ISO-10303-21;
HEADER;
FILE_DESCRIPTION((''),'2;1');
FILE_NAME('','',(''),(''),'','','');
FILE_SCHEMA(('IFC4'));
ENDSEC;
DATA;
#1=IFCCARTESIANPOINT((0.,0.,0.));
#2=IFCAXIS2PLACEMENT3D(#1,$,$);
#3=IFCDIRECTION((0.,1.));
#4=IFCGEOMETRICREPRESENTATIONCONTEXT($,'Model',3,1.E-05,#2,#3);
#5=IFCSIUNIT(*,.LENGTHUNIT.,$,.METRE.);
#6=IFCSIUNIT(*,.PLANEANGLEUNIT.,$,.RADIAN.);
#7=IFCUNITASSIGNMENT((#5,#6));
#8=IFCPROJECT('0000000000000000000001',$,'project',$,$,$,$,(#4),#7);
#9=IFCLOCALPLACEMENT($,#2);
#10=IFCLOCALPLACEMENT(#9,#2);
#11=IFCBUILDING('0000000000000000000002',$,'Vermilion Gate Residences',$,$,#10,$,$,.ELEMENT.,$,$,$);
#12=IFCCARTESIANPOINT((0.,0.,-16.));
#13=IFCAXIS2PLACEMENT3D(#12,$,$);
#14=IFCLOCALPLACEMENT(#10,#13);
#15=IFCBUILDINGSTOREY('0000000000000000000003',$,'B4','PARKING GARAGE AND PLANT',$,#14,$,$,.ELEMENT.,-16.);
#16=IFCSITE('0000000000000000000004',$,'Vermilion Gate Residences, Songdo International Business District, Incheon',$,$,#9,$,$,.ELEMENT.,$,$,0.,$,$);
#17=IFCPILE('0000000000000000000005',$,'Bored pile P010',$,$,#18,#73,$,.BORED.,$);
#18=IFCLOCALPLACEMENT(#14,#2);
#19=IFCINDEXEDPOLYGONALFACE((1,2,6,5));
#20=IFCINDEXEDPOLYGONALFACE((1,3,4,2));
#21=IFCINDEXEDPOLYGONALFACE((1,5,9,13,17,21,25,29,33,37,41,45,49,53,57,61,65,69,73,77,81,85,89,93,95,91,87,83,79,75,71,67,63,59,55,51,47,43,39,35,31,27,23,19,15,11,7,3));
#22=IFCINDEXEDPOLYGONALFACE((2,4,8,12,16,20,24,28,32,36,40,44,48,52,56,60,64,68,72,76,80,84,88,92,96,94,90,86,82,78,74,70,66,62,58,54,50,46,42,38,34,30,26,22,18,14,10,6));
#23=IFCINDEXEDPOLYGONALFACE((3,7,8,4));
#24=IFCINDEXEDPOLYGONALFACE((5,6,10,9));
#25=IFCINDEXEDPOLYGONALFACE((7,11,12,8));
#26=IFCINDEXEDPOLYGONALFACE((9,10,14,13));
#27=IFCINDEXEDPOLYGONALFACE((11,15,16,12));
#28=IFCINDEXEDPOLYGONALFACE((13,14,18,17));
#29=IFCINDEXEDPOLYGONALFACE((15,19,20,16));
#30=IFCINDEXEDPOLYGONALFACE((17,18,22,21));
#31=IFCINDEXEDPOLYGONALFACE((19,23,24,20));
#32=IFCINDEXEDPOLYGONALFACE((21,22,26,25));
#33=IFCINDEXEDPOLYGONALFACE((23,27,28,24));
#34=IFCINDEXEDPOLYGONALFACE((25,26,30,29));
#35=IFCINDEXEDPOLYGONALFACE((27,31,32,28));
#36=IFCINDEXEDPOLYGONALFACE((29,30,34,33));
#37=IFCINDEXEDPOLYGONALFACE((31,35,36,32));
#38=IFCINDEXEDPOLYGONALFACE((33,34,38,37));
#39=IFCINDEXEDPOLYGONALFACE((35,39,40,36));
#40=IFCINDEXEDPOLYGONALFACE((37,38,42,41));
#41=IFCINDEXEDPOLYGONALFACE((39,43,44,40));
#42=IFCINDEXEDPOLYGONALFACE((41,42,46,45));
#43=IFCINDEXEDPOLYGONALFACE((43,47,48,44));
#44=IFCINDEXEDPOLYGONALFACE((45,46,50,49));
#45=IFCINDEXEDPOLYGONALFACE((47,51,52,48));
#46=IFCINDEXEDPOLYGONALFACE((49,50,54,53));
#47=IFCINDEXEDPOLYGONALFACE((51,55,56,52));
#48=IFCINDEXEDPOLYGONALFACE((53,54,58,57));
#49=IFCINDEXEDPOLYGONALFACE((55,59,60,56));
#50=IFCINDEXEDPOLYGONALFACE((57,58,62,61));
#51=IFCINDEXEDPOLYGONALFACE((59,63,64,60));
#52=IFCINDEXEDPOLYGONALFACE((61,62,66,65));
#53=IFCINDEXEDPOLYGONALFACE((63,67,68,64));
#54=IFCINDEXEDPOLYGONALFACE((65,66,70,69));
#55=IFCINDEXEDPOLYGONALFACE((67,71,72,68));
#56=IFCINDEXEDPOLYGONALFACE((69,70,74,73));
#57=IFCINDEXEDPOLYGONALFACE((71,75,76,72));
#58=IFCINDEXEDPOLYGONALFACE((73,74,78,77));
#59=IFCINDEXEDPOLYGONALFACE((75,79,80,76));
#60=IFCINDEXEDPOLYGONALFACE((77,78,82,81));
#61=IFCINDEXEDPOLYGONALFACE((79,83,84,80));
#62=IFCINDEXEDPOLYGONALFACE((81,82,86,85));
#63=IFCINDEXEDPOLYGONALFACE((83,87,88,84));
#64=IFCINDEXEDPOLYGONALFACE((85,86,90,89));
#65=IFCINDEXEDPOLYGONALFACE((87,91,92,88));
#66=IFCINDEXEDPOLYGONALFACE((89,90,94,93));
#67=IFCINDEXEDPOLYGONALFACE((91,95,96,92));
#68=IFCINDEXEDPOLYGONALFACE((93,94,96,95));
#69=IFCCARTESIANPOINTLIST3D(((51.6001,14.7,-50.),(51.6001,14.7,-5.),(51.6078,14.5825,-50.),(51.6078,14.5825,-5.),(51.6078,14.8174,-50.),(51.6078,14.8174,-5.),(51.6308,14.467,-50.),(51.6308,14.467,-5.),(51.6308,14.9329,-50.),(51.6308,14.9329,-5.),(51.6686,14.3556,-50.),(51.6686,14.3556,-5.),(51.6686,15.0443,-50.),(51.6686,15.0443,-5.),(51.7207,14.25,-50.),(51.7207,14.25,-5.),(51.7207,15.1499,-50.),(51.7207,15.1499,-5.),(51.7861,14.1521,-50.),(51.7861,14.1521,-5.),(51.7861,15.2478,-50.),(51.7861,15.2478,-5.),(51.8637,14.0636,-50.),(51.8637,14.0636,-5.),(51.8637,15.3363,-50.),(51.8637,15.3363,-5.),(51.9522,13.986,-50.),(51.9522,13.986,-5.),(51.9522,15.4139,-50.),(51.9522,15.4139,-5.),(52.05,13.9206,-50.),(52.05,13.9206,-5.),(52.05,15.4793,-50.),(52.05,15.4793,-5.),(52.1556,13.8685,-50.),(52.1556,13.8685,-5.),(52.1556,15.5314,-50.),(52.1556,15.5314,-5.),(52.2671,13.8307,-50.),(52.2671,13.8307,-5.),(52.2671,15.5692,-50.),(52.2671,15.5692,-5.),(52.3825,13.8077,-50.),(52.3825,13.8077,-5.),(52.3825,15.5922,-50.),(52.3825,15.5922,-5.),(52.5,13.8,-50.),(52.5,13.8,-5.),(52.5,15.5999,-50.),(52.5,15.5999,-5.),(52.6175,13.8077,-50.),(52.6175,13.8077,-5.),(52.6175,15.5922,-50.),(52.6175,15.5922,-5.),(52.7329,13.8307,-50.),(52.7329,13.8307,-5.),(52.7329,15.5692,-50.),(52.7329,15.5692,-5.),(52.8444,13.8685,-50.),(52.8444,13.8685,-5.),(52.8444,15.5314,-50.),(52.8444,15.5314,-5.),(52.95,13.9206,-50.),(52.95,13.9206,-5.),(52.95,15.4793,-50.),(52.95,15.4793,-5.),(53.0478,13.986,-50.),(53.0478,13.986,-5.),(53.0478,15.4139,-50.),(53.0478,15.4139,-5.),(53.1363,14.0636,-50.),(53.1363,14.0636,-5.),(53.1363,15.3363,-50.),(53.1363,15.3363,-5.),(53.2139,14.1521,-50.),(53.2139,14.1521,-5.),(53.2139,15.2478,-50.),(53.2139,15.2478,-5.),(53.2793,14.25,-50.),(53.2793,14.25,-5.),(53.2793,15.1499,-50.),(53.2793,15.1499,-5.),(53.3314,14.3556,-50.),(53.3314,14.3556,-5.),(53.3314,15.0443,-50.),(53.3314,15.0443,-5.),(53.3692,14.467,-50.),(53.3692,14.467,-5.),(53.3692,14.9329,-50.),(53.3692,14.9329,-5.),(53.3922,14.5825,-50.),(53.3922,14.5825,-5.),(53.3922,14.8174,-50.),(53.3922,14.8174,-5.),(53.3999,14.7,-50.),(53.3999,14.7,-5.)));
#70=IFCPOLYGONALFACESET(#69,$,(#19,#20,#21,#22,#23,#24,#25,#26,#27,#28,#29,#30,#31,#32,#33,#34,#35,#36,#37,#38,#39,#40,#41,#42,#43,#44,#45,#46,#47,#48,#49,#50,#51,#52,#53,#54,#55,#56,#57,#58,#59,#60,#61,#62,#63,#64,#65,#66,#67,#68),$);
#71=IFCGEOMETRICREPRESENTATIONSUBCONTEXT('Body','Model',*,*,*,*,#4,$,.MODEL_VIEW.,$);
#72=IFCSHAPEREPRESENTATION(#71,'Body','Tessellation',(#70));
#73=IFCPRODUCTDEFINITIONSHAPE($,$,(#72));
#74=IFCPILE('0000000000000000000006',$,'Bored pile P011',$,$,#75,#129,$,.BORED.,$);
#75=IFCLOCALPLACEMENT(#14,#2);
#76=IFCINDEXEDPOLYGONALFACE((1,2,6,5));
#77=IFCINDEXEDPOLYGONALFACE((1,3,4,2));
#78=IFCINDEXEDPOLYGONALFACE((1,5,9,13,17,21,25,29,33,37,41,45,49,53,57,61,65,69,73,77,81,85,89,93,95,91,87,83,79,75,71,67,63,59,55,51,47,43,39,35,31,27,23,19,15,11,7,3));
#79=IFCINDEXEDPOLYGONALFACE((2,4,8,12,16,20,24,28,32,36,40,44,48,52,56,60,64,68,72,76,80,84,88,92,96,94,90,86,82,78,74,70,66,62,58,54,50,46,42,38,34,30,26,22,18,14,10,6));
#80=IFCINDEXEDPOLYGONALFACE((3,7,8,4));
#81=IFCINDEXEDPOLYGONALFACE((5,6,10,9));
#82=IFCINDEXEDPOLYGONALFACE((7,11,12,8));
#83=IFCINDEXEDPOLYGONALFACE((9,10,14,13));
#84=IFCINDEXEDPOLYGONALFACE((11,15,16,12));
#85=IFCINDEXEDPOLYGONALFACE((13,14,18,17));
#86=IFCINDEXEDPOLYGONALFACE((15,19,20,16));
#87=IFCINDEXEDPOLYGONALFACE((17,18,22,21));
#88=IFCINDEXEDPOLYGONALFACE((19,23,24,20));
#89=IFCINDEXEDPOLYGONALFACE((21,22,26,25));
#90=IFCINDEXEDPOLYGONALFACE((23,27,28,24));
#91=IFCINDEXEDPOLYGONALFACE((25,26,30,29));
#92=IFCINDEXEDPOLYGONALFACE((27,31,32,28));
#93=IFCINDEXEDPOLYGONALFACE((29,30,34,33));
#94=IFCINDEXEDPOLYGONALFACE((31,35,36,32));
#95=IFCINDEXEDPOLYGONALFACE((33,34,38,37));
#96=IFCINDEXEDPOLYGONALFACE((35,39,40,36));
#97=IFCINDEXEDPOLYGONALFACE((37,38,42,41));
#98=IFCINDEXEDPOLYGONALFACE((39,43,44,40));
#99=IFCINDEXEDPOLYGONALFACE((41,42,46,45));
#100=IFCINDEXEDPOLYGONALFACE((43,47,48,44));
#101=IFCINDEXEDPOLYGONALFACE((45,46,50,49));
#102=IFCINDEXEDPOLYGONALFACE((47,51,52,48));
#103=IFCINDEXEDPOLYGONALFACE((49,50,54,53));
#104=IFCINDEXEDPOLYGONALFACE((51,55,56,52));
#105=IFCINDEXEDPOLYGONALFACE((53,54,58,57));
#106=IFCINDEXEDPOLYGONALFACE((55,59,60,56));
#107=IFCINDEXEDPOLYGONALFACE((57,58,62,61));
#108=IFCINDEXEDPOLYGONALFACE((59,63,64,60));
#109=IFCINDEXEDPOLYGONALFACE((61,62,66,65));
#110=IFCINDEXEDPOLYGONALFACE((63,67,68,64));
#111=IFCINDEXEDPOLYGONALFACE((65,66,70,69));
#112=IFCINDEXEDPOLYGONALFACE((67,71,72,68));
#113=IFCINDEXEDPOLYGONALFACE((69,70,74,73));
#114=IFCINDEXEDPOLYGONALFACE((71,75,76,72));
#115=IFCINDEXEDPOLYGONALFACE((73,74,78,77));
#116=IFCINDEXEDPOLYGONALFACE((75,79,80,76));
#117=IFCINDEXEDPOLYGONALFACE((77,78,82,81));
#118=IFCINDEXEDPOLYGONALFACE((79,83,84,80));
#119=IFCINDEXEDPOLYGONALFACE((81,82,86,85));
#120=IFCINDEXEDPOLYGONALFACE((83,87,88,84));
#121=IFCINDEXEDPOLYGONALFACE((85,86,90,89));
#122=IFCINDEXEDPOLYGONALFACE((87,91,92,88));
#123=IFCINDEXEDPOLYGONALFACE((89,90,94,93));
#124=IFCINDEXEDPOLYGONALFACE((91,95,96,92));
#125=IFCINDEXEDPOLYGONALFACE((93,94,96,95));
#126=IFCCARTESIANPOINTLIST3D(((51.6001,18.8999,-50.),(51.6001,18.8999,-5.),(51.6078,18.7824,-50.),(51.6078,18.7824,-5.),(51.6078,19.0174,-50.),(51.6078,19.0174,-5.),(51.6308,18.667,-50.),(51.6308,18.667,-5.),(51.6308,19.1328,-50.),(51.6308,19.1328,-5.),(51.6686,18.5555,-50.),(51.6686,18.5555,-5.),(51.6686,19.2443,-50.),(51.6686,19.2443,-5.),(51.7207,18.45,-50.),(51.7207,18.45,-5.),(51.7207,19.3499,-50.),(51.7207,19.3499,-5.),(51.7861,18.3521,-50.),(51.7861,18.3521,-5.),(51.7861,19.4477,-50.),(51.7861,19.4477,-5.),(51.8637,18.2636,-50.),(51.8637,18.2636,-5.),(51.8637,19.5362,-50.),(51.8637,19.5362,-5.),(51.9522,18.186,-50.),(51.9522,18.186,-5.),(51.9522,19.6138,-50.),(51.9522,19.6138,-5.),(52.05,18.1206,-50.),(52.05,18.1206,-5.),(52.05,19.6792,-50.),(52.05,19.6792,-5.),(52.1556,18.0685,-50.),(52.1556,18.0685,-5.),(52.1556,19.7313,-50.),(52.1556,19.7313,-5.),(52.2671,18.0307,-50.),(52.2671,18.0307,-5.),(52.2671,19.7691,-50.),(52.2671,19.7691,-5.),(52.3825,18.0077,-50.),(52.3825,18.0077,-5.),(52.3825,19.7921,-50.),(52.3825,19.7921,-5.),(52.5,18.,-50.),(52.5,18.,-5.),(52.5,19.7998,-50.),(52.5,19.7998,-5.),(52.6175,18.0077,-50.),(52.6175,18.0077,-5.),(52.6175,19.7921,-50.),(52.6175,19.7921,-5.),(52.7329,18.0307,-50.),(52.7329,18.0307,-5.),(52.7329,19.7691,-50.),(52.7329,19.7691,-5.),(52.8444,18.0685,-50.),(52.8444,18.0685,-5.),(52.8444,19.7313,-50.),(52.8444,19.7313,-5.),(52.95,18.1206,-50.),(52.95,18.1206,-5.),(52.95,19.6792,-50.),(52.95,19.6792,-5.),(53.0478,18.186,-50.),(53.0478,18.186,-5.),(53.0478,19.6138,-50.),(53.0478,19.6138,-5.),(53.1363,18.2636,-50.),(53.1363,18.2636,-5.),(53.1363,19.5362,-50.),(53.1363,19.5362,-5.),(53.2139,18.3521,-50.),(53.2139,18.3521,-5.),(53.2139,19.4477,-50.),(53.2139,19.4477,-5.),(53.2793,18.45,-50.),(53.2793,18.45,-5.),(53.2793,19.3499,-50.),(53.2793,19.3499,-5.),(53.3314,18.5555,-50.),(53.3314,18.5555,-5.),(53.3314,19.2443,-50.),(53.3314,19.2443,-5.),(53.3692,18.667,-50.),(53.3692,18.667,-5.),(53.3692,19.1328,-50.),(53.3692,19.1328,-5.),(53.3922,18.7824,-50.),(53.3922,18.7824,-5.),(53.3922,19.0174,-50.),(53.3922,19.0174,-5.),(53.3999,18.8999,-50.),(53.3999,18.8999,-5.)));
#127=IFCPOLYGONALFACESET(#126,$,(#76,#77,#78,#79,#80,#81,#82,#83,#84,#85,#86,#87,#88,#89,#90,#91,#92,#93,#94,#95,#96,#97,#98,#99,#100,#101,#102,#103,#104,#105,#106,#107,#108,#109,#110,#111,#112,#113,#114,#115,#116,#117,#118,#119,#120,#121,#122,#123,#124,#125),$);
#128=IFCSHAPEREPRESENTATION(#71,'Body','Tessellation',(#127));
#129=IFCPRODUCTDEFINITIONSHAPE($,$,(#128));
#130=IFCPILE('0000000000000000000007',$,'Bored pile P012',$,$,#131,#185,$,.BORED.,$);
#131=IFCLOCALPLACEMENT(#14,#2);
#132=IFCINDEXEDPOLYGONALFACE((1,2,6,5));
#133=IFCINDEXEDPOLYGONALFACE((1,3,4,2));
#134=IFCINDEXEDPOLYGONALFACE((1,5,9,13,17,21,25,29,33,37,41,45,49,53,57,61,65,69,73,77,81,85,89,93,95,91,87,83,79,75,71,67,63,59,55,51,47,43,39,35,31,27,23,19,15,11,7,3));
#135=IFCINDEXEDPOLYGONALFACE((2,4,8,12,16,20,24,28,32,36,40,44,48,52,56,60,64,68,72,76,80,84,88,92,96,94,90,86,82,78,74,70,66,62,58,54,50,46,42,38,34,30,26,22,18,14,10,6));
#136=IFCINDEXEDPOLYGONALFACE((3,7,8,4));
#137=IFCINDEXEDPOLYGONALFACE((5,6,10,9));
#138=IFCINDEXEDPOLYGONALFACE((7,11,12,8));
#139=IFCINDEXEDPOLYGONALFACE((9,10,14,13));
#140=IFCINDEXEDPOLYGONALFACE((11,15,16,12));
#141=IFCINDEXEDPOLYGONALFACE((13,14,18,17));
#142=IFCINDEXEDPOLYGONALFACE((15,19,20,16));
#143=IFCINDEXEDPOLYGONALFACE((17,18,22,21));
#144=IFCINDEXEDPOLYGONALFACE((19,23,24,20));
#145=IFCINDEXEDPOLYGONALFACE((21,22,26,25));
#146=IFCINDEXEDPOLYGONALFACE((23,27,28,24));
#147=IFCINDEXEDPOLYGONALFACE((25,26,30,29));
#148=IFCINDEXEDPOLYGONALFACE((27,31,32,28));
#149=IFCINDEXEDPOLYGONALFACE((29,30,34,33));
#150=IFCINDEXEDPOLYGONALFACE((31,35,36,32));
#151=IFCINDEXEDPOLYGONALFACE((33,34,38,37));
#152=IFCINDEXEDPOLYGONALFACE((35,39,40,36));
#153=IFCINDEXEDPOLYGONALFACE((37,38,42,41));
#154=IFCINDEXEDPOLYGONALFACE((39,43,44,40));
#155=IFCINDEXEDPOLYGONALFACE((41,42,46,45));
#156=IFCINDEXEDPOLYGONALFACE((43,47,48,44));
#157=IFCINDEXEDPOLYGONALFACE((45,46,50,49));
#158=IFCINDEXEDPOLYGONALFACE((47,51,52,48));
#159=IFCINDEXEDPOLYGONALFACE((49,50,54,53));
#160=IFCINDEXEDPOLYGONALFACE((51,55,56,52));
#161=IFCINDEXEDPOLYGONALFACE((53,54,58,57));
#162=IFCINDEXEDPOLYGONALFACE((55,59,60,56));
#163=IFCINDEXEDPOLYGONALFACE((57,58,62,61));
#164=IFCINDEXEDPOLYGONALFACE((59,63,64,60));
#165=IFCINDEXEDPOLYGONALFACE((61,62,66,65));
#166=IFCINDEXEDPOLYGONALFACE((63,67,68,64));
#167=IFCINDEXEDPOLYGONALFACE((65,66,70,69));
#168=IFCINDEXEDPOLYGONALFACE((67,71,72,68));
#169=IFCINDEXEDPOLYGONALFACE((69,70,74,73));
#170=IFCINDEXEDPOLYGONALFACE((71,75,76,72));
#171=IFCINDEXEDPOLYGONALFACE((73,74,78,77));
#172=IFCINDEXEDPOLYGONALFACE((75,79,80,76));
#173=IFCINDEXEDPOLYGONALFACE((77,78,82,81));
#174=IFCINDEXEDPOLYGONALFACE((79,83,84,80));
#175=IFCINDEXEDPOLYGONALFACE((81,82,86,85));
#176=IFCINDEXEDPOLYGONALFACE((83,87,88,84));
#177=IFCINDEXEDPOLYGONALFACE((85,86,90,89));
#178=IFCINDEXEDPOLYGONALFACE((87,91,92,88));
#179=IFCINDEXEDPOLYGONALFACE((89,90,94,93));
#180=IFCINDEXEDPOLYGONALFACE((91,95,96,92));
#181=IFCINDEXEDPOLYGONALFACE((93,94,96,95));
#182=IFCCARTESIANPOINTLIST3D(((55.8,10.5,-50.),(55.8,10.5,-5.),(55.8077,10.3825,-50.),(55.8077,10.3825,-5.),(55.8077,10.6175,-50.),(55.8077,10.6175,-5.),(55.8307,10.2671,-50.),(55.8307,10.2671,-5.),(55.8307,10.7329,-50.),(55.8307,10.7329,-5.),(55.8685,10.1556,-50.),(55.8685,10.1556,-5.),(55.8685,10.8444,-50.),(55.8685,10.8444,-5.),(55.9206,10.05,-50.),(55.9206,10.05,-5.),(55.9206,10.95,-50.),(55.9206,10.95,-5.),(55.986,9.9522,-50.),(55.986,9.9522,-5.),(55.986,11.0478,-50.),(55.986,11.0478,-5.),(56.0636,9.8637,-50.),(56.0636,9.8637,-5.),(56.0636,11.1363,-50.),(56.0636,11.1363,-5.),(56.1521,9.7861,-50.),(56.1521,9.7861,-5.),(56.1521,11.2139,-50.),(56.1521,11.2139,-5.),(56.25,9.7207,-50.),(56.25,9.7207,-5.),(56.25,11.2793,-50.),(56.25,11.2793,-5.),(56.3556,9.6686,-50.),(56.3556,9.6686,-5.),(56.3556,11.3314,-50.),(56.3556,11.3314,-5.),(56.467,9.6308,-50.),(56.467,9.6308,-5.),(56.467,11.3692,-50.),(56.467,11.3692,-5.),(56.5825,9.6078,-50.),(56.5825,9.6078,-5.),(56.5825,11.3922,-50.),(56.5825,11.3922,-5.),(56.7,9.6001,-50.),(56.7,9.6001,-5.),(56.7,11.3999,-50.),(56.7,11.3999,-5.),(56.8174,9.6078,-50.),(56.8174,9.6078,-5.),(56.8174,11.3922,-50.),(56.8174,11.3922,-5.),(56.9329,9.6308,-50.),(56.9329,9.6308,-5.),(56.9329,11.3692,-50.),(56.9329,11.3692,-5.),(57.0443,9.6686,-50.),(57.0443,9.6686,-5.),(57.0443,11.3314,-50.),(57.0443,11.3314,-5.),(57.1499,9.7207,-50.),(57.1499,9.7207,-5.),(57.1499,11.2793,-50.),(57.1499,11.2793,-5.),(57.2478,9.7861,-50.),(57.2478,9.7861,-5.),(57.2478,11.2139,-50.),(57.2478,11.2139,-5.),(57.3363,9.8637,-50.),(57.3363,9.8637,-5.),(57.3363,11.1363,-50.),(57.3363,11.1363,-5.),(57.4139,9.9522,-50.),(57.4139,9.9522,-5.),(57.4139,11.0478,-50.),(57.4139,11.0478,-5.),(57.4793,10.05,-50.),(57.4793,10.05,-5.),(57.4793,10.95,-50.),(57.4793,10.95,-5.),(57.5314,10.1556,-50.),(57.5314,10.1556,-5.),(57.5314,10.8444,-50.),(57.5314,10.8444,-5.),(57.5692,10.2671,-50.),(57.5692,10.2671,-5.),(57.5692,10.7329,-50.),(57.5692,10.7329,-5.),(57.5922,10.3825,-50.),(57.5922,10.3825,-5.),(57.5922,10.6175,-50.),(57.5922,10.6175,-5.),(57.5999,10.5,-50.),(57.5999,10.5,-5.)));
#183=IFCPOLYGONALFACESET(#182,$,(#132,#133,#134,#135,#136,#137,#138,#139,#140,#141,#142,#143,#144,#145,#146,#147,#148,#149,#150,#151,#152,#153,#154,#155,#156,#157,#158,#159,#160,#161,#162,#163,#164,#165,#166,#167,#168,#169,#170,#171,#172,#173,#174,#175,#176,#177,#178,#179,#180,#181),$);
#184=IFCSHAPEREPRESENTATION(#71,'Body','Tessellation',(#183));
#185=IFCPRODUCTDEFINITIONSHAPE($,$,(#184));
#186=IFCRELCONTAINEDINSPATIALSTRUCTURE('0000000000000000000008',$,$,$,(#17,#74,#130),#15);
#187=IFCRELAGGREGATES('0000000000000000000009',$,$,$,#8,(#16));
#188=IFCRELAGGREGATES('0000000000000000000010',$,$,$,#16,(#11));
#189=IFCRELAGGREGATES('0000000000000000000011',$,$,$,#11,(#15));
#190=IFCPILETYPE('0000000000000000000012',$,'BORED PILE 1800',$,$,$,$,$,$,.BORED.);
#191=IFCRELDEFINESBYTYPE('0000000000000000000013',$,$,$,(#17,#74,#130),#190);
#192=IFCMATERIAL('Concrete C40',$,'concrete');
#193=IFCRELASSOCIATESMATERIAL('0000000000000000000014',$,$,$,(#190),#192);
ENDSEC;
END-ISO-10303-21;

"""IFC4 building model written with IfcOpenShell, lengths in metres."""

from ifc_helpers import new_model, si_unit, direction, frame, origin, origin_2d, place, context, subcontext, project, spatial, circle, extrude, material, material_profile, profile_set, type_object, element, save


model = new_model("IFC4")

# Units and contexts
model_context = context("Model", 3, precision=1e-05, world=origin(), true_north=direction((0.0, 1.0)))
body_context = subcontext(model_context, "Body", "Model", "MODEL_VIEW")
ifc_project = project(units=[si_unit("LENGTHUNIT", "METRE"), si_unit("PLANEANGLEUNIT", "RADIAN")], contexts=[model_context])

# Site, building, storey
site_placement = place(None, origin())
site = spatial("IfcSite", under=ifc_project, at=site_placement, Name="Vermilion Gate Residences, Songdo International Business District, Incheon", CompositionType="ELEMENT", RefElevation=0.0)
building_placement = place(site_placement, origin())
building = spatial("IfcBuilding", under=site, at=building_placement, Name="Vermilion Gate Residences", CompositionType="ELEMENT")
storey_placement = place(building_placement, frame((0.0, 0.0, -16.0)))
storey = spatial("IfcBuildingStorey", under=building, at=storey_placement, Name="B4", Description="PARKING GARAGE AND PLANT", CompositionType="ELEMENT", Elevation=-16.0)

# Piles
ifc_material_1 = material(Name="Concrete C40", Category="concrete")
ifc_material_profile = material_profile(ifc_material_1, circle(Radius=0.8999, at=origin_2d()), Name="BORED PILE 1800")
ifc_profile_set = profile_set([ifc_material_profile], Name="Concrete C40")
pile_type = type_object("IfcPileType", Name="BORED PILE 1800", PredefinedType="BORED", material=ifc_profile_set)
for number, where, z_axis, x_axis, name in (
    (1, (52.5, 14.7, -5.0), (0.0, 0.0, -1.0), (1.0, 0.0, 0.0), "Bored pile P010"),
    (2, (52.5, 18.8999, -5.0), (0.0, 0.0, -1.0), (1.0, 0.0, 0.0), "Bored pile P011"),
    (3, (56.7, 10.5, -5.0), (0.0, 0.0, -1.0), (1.0, 0.0, 0.0), "Bored pile P012"),
):
    element("IfcPile", number, at=place(storey_placement, frame(where, z_axis=z_axis, x_axis=x_axis)), inside=storey, type_object=pile_type, Name=name, PredefinedType="BORED", context=body_context, shape_type="SweptSolid", body=[
        extrude(circle(Radius=0.8999, at=origin_2d()), origin(), (0.0, 0.0, 1.0), 45.0),
    ])

save(model, "model.ifc")
